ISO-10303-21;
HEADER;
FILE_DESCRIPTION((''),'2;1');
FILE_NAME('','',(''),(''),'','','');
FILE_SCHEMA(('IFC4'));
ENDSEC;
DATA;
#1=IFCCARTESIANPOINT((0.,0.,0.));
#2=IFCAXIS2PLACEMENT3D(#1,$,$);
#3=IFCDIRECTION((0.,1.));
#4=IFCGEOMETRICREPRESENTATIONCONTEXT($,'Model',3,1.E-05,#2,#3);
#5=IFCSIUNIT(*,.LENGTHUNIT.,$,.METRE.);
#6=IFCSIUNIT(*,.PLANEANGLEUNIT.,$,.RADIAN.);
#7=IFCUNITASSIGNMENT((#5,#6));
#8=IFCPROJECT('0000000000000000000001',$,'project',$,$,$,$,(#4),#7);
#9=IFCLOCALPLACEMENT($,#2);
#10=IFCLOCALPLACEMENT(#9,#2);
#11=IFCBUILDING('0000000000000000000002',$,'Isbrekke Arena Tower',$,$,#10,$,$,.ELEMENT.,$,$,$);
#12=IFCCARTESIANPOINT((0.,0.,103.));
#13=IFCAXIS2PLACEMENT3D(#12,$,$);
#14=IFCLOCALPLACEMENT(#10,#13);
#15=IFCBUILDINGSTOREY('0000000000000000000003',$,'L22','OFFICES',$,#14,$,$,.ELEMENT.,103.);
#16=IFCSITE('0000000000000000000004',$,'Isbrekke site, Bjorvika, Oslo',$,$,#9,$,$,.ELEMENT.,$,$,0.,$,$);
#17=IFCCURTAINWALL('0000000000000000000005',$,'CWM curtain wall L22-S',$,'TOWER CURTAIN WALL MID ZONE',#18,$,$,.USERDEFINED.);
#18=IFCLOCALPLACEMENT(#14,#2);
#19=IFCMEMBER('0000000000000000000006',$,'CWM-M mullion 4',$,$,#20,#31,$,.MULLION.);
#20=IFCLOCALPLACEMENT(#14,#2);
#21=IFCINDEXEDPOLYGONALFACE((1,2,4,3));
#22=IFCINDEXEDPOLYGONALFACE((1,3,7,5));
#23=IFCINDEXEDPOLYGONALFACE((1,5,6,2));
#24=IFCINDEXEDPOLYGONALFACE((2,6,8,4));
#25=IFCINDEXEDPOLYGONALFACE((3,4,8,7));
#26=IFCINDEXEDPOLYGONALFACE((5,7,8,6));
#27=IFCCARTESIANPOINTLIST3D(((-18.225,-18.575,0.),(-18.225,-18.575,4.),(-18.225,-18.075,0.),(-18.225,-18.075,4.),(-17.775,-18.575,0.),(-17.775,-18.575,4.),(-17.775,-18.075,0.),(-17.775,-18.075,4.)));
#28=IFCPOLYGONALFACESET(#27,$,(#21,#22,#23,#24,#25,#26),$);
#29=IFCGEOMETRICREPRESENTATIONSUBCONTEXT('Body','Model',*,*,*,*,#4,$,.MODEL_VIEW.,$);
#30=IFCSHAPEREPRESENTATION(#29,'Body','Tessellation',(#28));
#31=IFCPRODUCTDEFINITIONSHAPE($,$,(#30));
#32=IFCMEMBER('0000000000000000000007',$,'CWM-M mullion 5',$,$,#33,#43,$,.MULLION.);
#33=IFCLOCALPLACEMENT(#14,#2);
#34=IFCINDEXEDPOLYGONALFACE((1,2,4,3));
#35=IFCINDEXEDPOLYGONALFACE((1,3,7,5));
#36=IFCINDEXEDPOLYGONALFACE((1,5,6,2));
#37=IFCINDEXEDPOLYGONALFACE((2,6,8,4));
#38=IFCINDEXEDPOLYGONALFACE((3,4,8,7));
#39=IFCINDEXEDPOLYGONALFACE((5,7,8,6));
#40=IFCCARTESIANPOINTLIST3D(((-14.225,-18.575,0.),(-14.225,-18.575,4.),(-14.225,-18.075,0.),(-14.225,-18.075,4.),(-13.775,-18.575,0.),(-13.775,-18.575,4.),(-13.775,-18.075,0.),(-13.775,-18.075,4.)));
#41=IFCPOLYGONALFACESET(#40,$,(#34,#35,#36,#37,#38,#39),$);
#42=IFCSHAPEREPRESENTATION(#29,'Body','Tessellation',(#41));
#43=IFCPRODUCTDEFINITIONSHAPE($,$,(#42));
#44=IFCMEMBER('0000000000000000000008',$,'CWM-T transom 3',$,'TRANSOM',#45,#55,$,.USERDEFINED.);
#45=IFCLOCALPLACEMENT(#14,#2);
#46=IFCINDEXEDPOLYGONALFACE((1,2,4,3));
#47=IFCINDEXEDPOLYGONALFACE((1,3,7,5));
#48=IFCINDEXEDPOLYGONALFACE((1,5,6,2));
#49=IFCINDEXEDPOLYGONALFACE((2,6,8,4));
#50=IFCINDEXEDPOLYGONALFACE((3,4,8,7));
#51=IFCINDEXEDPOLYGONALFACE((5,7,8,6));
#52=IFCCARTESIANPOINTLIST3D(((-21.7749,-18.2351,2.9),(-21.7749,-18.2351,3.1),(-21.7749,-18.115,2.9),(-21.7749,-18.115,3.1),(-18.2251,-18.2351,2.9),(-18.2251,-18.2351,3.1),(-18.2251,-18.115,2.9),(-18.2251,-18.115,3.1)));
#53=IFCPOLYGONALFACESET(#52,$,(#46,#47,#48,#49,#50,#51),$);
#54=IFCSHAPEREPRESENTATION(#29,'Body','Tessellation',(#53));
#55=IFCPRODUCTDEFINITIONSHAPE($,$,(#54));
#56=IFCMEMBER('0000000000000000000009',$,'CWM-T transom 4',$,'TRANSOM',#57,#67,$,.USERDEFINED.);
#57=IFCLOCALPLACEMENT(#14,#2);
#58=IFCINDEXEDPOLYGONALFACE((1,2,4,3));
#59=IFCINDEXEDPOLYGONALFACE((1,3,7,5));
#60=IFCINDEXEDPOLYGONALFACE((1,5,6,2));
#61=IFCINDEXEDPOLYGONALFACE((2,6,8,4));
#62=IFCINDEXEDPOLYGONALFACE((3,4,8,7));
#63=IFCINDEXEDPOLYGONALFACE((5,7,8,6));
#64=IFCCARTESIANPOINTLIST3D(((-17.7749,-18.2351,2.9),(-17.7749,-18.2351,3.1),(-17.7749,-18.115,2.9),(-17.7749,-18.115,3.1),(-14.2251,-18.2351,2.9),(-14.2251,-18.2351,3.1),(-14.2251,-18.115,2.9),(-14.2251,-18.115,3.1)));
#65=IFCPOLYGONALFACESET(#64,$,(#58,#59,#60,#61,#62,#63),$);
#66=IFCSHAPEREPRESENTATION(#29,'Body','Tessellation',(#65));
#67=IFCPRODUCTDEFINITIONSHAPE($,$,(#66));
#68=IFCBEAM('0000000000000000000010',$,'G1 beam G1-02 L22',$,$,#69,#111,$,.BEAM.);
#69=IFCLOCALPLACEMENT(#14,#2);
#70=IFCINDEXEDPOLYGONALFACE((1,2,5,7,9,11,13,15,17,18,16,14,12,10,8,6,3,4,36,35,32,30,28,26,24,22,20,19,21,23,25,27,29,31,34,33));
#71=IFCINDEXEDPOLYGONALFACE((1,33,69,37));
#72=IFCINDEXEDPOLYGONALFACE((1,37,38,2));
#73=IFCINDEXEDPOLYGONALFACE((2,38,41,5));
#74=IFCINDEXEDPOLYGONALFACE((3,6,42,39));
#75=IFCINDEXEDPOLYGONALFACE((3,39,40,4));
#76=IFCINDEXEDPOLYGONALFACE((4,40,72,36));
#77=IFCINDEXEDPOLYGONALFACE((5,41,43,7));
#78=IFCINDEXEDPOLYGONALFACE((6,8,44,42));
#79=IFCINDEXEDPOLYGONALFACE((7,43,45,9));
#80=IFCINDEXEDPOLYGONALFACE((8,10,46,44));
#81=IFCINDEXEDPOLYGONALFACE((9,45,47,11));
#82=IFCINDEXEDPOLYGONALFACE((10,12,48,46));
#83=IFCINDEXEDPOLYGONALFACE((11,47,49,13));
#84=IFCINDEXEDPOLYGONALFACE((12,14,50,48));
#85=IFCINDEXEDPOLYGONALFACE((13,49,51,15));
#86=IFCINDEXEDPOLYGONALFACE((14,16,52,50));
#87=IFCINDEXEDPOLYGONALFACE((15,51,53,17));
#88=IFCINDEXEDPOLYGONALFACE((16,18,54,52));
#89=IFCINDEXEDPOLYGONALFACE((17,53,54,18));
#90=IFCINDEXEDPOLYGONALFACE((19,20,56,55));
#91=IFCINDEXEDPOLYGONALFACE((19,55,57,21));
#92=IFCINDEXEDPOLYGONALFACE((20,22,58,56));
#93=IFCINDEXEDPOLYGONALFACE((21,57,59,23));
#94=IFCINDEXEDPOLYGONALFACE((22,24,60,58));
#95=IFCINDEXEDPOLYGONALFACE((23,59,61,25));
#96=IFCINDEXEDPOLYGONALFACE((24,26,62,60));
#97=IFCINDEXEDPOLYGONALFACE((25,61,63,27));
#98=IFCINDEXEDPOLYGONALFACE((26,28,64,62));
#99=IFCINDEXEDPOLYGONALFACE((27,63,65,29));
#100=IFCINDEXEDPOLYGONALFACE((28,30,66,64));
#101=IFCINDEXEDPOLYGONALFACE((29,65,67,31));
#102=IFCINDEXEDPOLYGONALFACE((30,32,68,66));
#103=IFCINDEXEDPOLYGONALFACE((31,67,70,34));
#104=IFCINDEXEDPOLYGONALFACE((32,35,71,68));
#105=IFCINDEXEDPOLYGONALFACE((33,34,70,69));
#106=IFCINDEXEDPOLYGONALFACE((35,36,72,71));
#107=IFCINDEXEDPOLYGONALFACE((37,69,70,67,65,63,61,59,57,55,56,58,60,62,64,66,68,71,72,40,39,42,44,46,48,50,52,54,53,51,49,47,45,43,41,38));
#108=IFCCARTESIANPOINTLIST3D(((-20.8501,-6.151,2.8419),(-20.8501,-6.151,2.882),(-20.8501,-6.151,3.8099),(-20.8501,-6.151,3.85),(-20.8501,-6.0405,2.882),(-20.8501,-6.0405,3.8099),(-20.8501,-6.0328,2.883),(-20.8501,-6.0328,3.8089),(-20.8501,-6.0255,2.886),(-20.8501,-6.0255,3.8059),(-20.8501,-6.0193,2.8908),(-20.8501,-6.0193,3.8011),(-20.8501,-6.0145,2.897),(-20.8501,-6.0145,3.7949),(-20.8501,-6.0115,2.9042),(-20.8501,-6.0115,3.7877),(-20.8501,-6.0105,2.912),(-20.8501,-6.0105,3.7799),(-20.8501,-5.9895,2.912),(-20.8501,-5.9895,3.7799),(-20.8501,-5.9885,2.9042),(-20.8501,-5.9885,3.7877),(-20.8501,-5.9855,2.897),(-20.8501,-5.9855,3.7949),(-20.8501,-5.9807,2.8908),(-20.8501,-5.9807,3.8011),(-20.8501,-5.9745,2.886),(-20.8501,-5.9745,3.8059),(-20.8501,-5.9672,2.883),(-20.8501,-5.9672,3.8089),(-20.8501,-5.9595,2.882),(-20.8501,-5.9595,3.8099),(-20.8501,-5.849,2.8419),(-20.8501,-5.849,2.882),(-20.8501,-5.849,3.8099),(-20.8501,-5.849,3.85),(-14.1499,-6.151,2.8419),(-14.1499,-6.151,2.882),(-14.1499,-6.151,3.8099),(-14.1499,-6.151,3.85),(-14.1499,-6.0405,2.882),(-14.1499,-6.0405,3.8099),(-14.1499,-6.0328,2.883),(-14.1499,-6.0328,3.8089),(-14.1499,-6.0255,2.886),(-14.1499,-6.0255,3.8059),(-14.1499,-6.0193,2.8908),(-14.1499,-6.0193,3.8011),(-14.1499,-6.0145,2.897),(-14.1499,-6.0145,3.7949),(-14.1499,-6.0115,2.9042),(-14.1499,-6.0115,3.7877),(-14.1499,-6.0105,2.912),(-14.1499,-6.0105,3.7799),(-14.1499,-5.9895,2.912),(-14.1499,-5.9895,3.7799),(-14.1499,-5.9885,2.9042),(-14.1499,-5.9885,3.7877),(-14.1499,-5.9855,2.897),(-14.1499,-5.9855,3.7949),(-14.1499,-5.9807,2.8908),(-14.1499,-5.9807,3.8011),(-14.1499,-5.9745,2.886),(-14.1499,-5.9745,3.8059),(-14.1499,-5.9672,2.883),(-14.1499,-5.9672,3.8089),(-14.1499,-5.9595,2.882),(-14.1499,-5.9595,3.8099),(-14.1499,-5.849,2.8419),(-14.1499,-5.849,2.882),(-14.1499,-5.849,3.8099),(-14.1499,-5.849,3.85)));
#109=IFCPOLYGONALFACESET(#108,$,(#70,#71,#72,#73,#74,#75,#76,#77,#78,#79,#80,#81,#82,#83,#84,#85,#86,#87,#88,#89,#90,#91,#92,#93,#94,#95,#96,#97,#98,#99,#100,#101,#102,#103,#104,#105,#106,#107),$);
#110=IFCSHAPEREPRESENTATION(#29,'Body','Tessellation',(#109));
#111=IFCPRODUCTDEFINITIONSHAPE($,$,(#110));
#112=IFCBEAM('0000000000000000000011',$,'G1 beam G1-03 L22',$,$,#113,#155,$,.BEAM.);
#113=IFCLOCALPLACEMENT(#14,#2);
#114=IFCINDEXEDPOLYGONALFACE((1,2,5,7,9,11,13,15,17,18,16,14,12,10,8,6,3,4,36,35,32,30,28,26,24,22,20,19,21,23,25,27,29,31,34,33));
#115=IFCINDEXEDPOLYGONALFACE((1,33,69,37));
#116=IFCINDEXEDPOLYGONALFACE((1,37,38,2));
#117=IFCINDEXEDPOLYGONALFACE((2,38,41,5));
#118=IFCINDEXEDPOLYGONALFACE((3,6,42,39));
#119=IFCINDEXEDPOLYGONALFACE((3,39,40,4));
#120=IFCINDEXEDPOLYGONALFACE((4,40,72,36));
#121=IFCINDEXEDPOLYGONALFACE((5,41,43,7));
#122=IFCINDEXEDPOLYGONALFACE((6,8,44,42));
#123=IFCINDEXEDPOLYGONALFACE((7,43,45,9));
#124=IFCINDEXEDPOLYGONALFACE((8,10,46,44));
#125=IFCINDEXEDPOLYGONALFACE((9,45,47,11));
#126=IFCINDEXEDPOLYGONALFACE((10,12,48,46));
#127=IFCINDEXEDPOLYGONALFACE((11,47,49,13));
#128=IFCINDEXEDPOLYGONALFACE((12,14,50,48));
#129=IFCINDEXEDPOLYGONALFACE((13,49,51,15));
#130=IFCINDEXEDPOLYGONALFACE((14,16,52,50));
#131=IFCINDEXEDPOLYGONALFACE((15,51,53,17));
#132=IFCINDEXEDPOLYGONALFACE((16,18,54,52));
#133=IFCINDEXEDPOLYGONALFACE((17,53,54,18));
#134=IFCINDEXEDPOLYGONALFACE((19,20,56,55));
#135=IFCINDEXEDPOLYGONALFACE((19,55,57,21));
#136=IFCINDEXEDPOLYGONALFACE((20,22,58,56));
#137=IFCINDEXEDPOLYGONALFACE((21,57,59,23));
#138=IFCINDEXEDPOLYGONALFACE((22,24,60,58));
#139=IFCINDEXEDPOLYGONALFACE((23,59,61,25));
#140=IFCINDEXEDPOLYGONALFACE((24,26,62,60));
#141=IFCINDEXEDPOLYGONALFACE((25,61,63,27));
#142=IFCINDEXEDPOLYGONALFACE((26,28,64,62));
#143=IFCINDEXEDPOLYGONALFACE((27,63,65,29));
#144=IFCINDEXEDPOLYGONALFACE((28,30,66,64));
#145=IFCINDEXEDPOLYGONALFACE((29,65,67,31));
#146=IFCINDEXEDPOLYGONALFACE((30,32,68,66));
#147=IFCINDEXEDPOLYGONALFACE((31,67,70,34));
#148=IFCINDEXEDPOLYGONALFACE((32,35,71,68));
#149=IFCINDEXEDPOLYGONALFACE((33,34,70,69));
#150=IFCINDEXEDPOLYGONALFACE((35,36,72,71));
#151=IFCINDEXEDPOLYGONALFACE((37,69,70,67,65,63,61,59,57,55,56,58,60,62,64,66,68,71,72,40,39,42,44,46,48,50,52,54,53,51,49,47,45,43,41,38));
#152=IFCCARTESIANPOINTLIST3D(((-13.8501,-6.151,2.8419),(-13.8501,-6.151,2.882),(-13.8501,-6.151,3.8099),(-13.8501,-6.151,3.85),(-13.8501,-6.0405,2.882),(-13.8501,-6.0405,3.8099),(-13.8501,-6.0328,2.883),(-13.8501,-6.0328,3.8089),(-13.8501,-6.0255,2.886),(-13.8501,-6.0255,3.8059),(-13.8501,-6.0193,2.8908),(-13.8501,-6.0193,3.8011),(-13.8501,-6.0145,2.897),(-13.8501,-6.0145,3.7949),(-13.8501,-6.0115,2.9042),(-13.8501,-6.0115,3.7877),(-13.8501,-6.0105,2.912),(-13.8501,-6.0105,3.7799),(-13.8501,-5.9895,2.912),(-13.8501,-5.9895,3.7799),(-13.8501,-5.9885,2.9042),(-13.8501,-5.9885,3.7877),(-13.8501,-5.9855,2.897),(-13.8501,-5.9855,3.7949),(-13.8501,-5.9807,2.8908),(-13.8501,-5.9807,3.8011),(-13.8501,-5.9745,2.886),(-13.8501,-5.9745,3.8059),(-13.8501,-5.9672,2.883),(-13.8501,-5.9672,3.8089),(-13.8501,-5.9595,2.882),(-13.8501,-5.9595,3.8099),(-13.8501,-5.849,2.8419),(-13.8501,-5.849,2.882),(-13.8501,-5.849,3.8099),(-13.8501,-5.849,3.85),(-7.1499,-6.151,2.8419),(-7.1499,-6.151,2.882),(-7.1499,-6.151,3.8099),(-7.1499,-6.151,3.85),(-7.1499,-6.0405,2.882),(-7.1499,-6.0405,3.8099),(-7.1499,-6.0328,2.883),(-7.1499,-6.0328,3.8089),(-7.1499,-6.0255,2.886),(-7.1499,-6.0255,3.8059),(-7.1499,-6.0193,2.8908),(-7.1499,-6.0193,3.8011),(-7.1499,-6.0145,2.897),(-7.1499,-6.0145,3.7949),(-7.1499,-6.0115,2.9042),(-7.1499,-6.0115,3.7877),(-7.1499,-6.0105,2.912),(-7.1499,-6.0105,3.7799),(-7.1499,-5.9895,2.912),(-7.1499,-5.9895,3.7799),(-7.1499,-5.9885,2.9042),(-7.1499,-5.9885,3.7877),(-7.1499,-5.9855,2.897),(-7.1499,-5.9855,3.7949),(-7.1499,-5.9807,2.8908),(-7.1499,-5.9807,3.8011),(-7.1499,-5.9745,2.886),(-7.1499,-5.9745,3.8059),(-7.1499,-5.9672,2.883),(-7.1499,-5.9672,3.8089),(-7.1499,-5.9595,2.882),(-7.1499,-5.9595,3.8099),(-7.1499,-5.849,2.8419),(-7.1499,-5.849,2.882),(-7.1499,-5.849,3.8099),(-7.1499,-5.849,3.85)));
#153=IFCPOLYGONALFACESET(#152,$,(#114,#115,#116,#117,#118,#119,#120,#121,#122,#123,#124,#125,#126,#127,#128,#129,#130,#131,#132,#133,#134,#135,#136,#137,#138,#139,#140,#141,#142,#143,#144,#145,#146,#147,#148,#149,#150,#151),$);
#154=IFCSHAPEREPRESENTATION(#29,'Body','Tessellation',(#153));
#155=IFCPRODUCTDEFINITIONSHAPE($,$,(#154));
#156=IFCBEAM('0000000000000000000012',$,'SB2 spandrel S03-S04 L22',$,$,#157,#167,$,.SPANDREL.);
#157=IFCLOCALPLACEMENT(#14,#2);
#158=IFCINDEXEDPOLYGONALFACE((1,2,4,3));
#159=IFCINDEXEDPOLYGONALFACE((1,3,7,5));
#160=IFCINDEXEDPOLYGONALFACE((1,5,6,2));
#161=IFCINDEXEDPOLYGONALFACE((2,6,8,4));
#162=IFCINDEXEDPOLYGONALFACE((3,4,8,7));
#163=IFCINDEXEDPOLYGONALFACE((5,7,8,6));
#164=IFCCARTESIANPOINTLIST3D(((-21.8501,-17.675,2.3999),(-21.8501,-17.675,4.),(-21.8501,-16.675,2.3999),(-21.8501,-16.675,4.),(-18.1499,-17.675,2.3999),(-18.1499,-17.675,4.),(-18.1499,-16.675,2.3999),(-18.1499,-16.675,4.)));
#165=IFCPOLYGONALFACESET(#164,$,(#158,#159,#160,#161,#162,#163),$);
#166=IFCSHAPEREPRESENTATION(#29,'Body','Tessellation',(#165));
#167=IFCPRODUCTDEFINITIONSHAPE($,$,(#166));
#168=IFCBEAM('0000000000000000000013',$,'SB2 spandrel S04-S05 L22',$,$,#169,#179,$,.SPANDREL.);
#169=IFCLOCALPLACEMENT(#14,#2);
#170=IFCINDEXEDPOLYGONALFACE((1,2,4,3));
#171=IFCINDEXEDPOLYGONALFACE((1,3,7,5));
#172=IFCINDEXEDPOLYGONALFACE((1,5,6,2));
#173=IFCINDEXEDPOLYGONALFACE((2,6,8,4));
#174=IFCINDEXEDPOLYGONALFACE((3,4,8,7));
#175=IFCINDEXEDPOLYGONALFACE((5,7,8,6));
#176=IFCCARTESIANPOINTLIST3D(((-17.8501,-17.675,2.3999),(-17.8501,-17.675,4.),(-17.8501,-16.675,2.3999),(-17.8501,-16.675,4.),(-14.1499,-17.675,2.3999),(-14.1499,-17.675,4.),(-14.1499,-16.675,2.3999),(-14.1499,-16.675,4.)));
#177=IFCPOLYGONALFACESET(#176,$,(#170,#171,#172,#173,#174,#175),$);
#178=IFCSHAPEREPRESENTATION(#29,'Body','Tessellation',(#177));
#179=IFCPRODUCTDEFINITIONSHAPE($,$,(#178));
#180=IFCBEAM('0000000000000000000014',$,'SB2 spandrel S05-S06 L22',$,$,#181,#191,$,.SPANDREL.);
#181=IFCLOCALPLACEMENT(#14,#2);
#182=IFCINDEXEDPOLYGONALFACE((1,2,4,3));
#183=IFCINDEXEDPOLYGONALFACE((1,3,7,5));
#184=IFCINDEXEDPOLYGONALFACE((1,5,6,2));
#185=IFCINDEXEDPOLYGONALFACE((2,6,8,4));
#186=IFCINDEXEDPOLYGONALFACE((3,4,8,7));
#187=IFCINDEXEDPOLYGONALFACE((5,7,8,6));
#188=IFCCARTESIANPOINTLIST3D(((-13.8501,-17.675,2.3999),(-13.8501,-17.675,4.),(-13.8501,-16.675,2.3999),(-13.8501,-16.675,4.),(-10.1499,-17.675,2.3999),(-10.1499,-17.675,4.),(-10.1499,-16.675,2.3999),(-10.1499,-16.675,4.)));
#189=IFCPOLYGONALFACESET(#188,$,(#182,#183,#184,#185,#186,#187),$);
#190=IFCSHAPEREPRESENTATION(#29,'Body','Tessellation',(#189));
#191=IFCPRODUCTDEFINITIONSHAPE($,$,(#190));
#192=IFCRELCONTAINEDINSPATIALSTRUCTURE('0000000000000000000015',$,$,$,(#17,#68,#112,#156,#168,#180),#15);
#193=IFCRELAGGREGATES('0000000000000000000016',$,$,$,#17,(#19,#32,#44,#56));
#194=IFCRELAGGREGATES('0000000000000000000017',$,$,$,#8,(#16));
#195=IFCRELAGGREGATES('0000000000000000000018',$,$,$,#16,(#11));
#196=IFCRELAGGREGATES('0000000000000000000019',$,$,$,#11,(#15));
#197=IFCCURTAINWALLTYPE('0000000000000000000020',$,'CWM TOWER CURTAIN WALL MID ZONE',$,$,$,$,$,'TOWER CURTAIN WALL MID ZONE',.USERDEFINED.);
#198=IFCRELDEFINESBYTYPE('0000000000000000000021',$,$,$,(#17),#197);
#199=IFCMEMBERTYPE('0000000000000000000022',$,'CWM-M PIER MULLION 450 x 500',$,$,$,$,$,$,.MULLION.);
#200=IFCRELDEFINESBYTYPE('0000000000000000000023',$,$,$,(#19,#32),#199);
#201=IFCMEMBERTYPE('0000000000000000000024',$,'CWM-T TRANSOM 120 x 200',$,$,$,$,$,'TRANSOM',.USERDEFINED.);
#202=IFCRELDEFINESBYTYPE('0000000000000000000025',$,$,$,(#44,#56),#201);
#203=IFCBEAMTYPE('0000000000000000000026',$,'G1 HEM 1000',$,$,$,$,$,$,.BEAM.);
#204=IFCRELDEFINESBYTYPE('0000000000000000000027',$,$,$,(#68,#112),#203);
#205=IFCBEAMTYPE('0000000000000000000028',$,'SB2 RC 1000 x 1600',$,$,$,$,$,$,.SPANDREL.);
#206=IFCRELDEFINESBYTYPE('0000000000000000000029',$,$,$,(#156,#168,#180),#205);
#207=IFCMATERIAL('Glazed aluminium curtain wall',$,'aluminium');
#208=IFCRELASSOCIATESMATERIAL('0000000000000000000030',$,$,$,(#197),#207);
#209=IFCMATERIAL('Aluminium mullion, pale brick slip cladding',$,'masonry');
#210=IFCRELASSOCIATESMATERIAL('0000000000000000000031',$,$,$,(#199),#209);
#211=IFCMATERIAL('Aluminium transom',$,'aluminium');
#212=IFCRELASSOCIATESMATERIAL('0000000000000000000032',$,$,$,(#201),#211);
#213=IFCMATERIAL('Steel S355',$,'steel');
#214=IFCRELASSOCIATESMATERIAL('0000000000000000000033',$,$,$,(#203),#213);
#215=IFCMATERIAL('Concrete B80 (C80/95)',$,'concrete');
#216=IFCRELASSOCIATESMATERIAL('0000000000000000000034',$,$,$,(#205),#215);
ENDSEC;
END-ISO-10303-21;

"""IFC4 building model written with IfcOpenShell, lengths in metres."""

from ifc_helpers import new_model, si_unit, direction, frame, origin, origin_2d, place, context, subcontext, project, spatial, rectangle, i_section, extrude, material, material_profile, profile_set, type_object, element, aggregate, save


model = new_model("IFC4")

# Units and contexts
model_context = context("Model", 3, precision=1e-05, world=origin(), true_north=direction((0.0, 1.0)))
body_context = subcontext(model_context, "Body", "Model", "MODEL_VIEW")
ifc_project = project(units=[si_unit("LENGTHUNIT", "METRE"), si_unit("PLANEANGLEUNIT", "RADIAN")], contexts=[model_context])

# Site, building, storey
site_placement = place(None, origin())
site = spatial("IfcSite", under=ifc_project, at=site_placement, Name="Isbrekke site, Bjorvika, Oslo", CompositionType="ELEMENT", RefElevation=0.0)
building_placement = place(site_placement, origin())
building = spatial("IfcBuilding", under=site, at=building_placement, Name="Isbrekke Arena Tower", CompositionType="ELEMENT")
storey_placement = place(building_placement, frame((0.0, 0.0, 103.0)))
storey = spatial("IfcBuildingStorey", under=building, at=storey_placement, Name="L22", Description="OFFICES", CompositionType="ELEMENT", Elevation=103.0)

# Curtain wall, members
ifc_material_1 = material(Name="Glazed aluminium curtain wall", Category="aluminium")
curtain_wall_type = type_object("IfcCurtainWallType", Name="CWM TOWER CURTAIN WALL MID ZONE", ElementType="TOWER CURTAIN WALL MID ZONE", PredefinedType="USERDEFINED", material=ifc_material_1)
curtain_wall_placement = place(storey_placement, origin())
curtain_wall = element("IfcCurtainWall", 1, at=curtain_wall_placement, inside=storey, type_object=curtain_wall_type, Name="CWM curtain wall L22-S", ObjectType="TOWER CURTAIN WALL MID ZONE", PredefinedType="USERDEFINED")
ifc_material_2 = material(Name="Aluminium mullion, pale brick slip cladding", Category="masonry")
ifc_material_profile_1 = material_profile(ifc_material_2, rectangle(XDim=0.45, YDim=0.5, at=origin_2d()), Name="PIER 450X500")
ifc_profile_set_1 = profile_set([ifc_material_profile_1], Name="Aluminium mullion, pale brick slip cladding")
member_type_1 = type_object("IfcMemberType", Name="CWM-M PIER MULLION 450 x 500", PredefinedType="MULLION", material=ifc_profile_set_1)
member_1_placement = place(storey_placement, frame((-18.0, -18.325, 0.0), z_axis=(0.0, 0.0, 1.0), x_axis=(1.0, 0.0, 0.0)))
member_1 = element("IfcMember", 2, at=member_1_placement, type_object=member_type_1, Name="CWM-M mullion 4", PredefinedType="MULLION", context=body_context, shape_type="SweptSolid", body=[
    extrude(rectangle(XDim=0.45, YDim=0.5, at=origin_2d()), origin(), (0.0, 0.0, 1.0), 4.0),
])
member_2_placement = place(storey_placement, frame((-14.0, -18.325, 0.0), z_axis=(0.0, 0.0, 1.0), x_axis=(1.0, 0.0, 0.0)))
member_2 = element("IfcMember", 3, at=member_2_placement, type_object=member_type_1, Name="CWM-M mullion 5", PredefinedType="MULLION", context=body_context, shape_type="SweptSolid", body=[
    extrude(rectangle(XDim=0.45, YDim=0.5, at=origin_2d()), origin(), (0.0, 0.0, 1.0), 4.0),
])
ifc_material_3 = material(Name="Aluminium transom", Category="aluminium")
ifc_material_profile_2 = material_profile(ifc_material_3, rectangle(XDim=0.1201, YDim=0.2, at=origin_2d()), Name="TRANSOM 120X200")
ifc_profile_set_2 = profile_set([ifc_material_profile_2], Name="Aluminium transom")
member_type_2 = type_object("IfcMemberType", Name="CWM-T TRANSOM 120 x 200", ElementType="TRANSOM", PredefinedType="USERDEFINED", material=ifc_profile_set_2)
member_3_placement = place(storey_placement, frame((-21.7749, -18.175, 3.0), z_axis=(1.0, 0.0, 0.0), x_axis=(0.0, 1.0, 0.0)))
member_3 = element("IfcMember", 4, at=member_3_placement, type_object=member_type_2, Name="CWM-T transom 3", ObjectType="TRANSOM", PredefinedType="USERDEFINED", context=body_context, shape_type="SweptSolid", body=[
    extrude(rectangle(XDim=0.1201, YDim=0.2, at=origin_2d()), origin(), (0.0, 0.0, 1.0), 3.5498),
])
member_4_placement = place(storey_placement, frame((-17.7749, -18.175, 3.0), z_axis=(1.0, 0.0, 0.0), x_axis=(0.0, 1.0, 0.0)))
member_4 = element("IfcMember", 5, at=member_4_placement, type_object=member_type_2, Name="CWM-T transom 4", ObjectType="TRANSOM", PredefinedType="USERDEFINED", context=body_context, shape_type="SweptSolid", body=[
    extrude(rectangle(XDim=0.1201, YDim=0.2, at=origin_2d()), origin(), (0.0, 0.0, 1.0), 3.5498),
])

# Beams
ifc_material_4 = material(Name="Steel S355", Category="steel")
ifc_material_profile_3 = material_profile(ifc_material_4, i_section(OverallWidth=0.302, OverallDepth=1.0081, WebThickness=0.021, FlangeThickness=0.04, FilletRadius=0.03, at=origin_2d()), Name="HEM 1000")
ifc_profile_set_3 = profile_set([ifc_material_profile_3], Name="Steel S355")
beam_type_1 = type_object("IfcBeamType", Name="G1 HEM 1000", PredefinedType="BEAM", material=ifc_profile_set_3)
for number, where, z_axis, x_axis, name in (
    (6, (-20.8501, -6.0, 3.3459), (1.0, 0.0, 0.0), (0.0, 1.0, 0.0), "G1 beam G1-02 L22"),
    (7, (-13.8501, -6.0, 3.3459), (1.0, 0.0, 0.0), (0.0, 1.0, 0.0), "G1 beam G1-03 L22"),
):
    element("IfcBeam", number, at=place(storey_placement, frame(where, z_axis=z_axis, x_axis=x_axis)), inside=storey, type_object=beam_type_1, Name=name, PredefinedType="BEAM", context=body_context, shape_type="SweptSolid", body=[
        extrude(i_section(OverallWidth=0.302, OverallDepth=1.0081, WebThickness=0.021, FlangeThickness=0.04, FilletRadius=0.03, at=origin_2d()), origin(), (0.0, 0.0, 1.0), 6.7002),
    ])
ifc_material_5 = material(Name="Concrete B80 (C80/95)", Category="concrete")
ifc_material_profile_4 = material_profile(ifc_material_5, rectangle(XDim=1.0, YDim=1.6001, at=origin_2d()), Name="RC 1000x1600")
ifc_profile_set_4 = profile_set([ifc_material_profile_4], Name="Concrete B80 (C80/95)")
beam_type_2 = type_object("IfcBeamType", Name="SB2 RC 1000 x 1600", PredefinedType="SPANDREL", material=ifc_profile_set_4)
for number, where, z_axis, x_axis, name in (
    (8, (-21.8501, -17.175, 3.2), (1.0, 0.0, 0.0), (0.0, 1.0, 0.0), "SB2 spandrel S03-S04 L22"),
    (9, (-17.8501, -17.175, 3.2), (1.0, 0.0, 0.0), (0.0, 1.0, 0.0), "SB2 spandrel S04-S05 L22"),
    (10, (-13.8501, -17.175, 3.2), (1.0, 0.0, 0.0), (0.0, 1.0, 0.0), "SB2 spandrel S05-S06 L22"),
):
    element("IfcBeam", number, at=place(storey_placement, frame(where, z_axis=z_axis, x_axis=x_axis)), inside=storey, type_object=beam_type_2, Name=name, PredefinedType="SPANDREL", context=body_context, shape_type="SweptSolid", body=[
        extrude(rectangle(XDim=1.0, YDim=1.6001, at=origin_2d()), origin(), (0.0, 0.0, 1.0), 3.7002),
    ])

aggregate(curtain_wall, [member_1, member_2, member_3, member_4])

save(model, "model.ifc")
